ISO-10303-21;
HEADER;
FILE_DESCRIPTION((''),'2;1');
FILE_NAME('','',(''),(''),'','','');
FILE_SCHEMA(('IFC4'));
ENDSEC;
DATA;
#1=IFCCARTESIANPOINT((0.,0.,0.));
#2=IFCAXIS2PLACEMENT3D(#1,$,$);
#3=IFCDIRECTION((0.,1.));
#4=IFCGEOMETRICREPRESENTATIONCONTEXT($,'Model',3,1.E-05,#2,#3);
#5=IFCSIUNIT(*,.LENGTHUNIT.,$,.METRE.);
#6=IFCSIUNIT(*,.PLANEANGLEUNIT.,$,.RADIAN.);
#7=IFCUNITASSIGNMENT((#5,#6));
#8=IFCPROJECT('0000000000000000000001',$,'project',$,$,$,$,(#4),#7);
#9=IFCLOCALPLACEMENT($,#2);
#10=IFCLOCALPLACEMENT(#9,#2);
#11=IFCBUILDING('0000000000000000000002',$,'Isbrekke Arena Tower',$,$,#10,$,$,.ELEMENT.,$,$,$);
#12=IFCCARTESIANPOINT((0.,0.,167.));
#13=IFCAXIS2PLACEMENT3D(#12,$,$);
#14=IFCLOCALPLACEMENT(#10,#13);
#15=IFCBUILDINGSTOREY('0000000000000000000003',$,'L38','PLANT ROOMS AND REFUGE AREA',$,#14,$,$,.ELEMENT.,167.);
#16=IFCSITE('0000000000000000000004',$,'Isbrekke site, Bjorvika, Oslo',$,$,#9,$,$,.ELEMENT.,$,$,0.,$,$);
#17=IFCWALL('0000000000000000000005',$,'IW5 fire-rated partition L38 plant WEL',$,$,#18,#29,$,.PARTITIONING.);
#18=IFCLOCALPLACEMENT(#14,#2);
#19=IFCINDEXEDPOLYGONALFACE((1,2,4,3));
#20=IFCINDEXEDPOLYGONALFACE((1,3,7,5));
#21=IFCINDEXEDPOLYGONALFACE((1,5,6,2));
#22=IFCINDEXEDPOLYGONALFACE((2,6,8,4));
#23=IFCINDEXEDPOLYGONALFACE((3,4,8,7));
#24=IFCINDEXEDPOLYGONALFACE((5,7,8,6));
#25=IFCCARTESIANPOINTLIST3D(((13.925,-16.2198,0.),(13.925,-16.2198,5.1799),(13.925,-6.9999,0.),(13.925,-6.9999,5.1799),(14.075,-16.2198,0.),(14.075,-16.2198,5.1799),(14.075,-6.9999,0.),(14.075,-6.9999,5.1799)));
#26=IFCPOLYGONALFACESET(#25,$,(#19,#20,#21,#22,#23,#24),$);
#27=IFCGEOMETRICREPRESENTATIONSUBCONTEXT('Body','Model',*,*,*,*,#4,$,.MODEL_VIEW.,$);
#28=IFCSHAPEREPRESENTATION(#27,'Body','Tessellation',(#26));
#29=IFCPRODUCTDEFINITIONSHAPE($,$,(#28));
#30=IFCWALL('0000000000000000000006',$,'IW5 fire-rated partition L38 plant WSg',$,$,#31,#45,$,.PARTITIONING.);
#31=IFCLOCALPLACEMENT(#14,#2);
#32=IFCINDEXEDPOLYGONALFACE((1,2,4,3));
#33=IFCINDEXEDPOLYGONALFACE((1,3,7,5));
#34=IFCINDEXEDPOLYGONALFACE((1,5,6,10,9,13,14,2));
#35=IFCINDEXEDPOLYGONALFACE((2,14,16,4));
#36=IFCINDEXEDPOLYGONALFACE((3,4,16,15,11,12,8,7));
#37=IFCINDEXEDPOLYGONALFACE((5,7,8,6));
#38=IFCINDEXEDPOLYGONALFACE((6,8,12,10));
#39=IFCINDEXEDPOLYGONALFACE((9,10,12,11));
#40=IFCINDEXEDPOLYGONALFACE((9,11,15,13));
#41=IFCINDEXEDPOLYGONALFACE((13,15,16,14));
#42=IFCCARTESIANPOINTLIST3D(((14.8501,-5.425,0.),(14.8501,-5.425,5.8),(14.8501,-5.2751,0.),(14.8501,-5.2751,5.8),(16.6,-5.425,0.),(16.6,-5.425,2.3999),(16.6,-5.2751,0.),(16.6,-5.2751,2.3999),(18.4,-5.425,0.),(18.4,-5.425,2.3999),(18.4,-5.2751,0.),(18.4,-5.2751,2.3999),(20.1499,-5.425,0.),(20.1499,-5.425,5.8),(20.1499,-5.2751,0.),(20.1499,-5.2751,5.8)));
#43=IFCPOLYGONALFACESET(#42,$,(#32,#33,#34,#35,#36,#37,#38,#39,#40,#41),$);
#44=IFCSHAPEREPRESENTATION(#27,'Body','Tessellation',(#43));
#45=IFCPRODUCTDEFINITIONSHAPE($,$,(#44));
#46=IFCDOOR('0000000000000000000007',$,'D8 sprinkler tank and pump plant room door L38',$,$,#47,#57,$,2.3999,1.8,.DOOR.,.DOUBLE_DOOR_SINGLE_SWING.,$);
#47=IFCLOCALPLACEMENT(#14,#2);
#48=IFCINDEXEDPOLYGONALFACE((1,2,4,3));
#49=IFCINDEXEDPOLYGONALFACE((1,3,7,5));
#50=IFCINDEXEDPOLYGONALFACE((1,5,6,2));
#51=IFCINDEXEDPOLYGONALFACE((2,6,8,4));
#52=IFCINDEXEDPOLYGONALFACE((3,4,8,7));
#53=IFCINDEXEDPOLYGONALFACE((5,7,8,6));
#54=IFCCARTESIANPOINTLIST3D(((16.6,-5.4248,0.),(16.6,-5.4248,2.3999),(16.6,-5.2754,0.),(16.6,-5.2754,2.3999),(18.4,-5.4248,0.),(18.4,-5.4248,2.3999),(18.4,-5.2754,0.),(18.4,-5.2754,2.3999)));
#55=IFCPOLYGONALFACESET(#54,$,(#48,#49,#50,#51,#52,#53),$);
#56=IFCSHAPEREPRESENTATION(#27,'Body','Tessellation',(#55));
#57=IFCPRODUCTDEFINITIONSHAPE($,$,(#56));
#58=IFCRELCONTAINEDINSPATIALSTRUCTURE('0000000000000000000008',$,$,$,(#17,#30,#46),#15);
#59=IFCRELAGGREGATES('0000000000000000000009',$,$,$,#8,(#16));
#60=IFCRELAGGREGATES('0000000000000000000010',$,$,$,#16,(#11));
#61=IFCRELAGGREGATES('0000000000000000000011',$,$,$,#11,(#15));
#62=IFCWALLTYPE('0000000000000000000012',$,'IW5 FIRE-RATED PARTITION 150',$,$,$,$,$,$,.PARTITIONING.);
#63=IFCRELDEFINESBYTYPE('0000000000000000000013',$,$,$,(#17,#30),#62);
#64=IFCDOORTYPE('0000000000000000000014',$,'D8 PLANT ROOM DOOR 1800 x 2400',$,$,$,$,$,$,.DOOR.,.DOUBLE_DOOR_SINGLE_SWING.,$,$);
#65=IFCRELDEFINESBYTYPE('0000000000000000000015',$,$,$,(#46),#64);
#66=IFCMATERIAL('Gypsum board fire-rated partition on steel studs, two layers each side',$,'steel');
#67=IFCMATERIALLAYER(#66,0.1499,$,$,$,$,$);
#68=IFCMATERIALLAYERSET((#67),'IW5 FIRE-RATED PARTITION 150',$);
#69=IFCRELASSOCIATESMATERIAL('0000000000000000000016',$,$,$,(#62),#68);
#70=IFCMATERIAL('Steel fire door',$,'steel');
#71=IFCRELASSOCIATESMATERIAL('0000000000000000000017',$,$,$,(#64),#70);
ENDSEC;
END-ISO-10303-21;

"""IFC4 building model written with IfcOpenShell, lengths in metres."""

from ifc_helpers import new_model, si_unit, direction, frame, frame_2d, origin, place, context, subcontext, project, spatial, rectangle, extrude, material, layer, layer_set, type_object, element, fill, save


model = new_model("IFC4")

# Units and contexts
model_context = context("Model", 3, precision=1e-05, world=origin(), true_north=direction((0.0, 1.0)))
body_context = subcontext(model_context, "Body", "Model", "MODEL_VIEW")
ifc_project = project(units=[si_unit("LENGTHUNIT", "METRE"), si_unit("PLANEANGLEUNIT", "RADIAN")], contexts=[model_context])

# Site, building, storey
site_placement = place(None, origin())
site = spatial("IfcSite", under=ifc_project, at=site_placement, Name="Isbrekke site, Bjorvika, Oslo", CompositionType="ELEMENT", RefElevation=0.0)
building_placement = place(site_placement, origin())
building = spatial("IfcBuilding", under=site, at=building_placement, Name="Isbrekke Arena Tower", CompositionType="ELEMENT")
storey_placement = place(building_placement, frame((0.0, 0.0, 167.0)))
storey = spatial("IfcBuildingStorey", under=building, at=storey_placement, Name="L38", Description="PLANT ROOMS AND REFUGE AREA", CompositionType="ELEMENT", Elevation=167.0)

# Shared definitions
ifc_material_1 = material(Name="Gypsum board fire-rated partition on steel studs, two layers each side", Category="steel")
ifc_layer_1 = layer(ifc_material_1, 0.1499)
ifc_layer_set_1 = layer_set([ifc_layer_1], Name="IW5 FIRE-RATED PARTITION 150")
wall_type = type_object("IfcWallType", Name="IW5 FIRE-RATED PARTITION 150", PredefinedType="PARTITIONING", material=ifc_layer_set_1)
ifc_material_2 = material(Name="Steel fire door", Category="steel")
door_type = type_object("IfcDoorType", Name="D8 PLANT ROOM DOOR 1800 x 2400", OperationType="DOUBLE_DOOR_SINGLE_SWING", PredefinedType="DOOR", material=ifc_material_2)

# Wall
wall_1_placement = place(storey_placement, frame((14.0, -7.0, 0.0), z_axis=(0.0, 0.0, 1.0), x_axis=(0.0, -1.0, 0.0)))
element("IfcWall", 1, at=wall_1_placement, inside=storey, type_object=wall_type, Name="IW5 fire-rated partition L38 plant WEL", PredefinedType="PARTITIONING", context=body_context, shape_type="SweptSolid", body=[
    extrude(rectangle(XDim=9.22, YDim=0.1499, at=frame_2d((4.6099, 0.0))), origin(), (0.0, 0.0, 1.0), 5.1799),
])

# Wall, opening, door
wall_2_placement = place(storey_placement, frame((14.8501, -5.3501, 0.0), z_axis=(0.0, 0.0, 1.0), x_axis=(1.0, 0.0, 0.0)))
wall_2 = element("IfcWall", 2, at=wall_2_placement, inside=storey, type_object=wall_type, Name="IW5 fire-rated partition L38 plant WSg", PredefinedType="PARTITIONING", context=body_context, shape_type="SweptSolid", body=[
    extrude(rectangle(XDim=5.2998, YDim=0.1499, at=frame_2d((2.6499, 0.0))), origin(), (0.0, 0.0, 1.0), 5.8),
])
opening_1_placement = place(wall_2_placement, frame((1.75, 0.0, 0.0)))
opening_1 = element("IfcOpeningElement", 3, at=opening_1_placement, cuts=wall_2, PredefinedType="OPENING", context=body_context, shape_type="SweptSolid", body=[
    extrude(rectangle(XDim=1.8, YDim=2.3999, at=frame_2d((0.8999, 1.2))), frame((0.0, 0.0898, 0.0), z_axis=(0.0, -1.0, 0.0), x_axis=(1.0, 0.0, 0.0)), (0.0, 0.0, 1.0), 0.1797),
])
door_1_placement = place(opening_1_placement, origin())
door_1 = element("IfcDoor", 4, at=door_1_placement, inside=storey, type_object=door_type, Name="D8 sprinkler tank and pump plant room door L38", OperationType="DOUBLE_DOOR_SINGLE_SWING", OverallHeight=2.3999, OverallWidth=1.8, PredefinedType="DOOR", context=body_context, shape_type="SweptSolid", body=[
    extrude(rectangle(XDim=1.8, YDim=2.3999, at=frame_2d((0.8999, 1.2))), frame((0.0, 0.0747, 0.0), z_axis=(0.0, -1.0, 0.0), x_axis=(1.0, 0.0, 0.0)), (0.0, 0.0, 1.0), 0.1494),
])
fill(opening_1, door_1)

save(model, "model.ifc")
